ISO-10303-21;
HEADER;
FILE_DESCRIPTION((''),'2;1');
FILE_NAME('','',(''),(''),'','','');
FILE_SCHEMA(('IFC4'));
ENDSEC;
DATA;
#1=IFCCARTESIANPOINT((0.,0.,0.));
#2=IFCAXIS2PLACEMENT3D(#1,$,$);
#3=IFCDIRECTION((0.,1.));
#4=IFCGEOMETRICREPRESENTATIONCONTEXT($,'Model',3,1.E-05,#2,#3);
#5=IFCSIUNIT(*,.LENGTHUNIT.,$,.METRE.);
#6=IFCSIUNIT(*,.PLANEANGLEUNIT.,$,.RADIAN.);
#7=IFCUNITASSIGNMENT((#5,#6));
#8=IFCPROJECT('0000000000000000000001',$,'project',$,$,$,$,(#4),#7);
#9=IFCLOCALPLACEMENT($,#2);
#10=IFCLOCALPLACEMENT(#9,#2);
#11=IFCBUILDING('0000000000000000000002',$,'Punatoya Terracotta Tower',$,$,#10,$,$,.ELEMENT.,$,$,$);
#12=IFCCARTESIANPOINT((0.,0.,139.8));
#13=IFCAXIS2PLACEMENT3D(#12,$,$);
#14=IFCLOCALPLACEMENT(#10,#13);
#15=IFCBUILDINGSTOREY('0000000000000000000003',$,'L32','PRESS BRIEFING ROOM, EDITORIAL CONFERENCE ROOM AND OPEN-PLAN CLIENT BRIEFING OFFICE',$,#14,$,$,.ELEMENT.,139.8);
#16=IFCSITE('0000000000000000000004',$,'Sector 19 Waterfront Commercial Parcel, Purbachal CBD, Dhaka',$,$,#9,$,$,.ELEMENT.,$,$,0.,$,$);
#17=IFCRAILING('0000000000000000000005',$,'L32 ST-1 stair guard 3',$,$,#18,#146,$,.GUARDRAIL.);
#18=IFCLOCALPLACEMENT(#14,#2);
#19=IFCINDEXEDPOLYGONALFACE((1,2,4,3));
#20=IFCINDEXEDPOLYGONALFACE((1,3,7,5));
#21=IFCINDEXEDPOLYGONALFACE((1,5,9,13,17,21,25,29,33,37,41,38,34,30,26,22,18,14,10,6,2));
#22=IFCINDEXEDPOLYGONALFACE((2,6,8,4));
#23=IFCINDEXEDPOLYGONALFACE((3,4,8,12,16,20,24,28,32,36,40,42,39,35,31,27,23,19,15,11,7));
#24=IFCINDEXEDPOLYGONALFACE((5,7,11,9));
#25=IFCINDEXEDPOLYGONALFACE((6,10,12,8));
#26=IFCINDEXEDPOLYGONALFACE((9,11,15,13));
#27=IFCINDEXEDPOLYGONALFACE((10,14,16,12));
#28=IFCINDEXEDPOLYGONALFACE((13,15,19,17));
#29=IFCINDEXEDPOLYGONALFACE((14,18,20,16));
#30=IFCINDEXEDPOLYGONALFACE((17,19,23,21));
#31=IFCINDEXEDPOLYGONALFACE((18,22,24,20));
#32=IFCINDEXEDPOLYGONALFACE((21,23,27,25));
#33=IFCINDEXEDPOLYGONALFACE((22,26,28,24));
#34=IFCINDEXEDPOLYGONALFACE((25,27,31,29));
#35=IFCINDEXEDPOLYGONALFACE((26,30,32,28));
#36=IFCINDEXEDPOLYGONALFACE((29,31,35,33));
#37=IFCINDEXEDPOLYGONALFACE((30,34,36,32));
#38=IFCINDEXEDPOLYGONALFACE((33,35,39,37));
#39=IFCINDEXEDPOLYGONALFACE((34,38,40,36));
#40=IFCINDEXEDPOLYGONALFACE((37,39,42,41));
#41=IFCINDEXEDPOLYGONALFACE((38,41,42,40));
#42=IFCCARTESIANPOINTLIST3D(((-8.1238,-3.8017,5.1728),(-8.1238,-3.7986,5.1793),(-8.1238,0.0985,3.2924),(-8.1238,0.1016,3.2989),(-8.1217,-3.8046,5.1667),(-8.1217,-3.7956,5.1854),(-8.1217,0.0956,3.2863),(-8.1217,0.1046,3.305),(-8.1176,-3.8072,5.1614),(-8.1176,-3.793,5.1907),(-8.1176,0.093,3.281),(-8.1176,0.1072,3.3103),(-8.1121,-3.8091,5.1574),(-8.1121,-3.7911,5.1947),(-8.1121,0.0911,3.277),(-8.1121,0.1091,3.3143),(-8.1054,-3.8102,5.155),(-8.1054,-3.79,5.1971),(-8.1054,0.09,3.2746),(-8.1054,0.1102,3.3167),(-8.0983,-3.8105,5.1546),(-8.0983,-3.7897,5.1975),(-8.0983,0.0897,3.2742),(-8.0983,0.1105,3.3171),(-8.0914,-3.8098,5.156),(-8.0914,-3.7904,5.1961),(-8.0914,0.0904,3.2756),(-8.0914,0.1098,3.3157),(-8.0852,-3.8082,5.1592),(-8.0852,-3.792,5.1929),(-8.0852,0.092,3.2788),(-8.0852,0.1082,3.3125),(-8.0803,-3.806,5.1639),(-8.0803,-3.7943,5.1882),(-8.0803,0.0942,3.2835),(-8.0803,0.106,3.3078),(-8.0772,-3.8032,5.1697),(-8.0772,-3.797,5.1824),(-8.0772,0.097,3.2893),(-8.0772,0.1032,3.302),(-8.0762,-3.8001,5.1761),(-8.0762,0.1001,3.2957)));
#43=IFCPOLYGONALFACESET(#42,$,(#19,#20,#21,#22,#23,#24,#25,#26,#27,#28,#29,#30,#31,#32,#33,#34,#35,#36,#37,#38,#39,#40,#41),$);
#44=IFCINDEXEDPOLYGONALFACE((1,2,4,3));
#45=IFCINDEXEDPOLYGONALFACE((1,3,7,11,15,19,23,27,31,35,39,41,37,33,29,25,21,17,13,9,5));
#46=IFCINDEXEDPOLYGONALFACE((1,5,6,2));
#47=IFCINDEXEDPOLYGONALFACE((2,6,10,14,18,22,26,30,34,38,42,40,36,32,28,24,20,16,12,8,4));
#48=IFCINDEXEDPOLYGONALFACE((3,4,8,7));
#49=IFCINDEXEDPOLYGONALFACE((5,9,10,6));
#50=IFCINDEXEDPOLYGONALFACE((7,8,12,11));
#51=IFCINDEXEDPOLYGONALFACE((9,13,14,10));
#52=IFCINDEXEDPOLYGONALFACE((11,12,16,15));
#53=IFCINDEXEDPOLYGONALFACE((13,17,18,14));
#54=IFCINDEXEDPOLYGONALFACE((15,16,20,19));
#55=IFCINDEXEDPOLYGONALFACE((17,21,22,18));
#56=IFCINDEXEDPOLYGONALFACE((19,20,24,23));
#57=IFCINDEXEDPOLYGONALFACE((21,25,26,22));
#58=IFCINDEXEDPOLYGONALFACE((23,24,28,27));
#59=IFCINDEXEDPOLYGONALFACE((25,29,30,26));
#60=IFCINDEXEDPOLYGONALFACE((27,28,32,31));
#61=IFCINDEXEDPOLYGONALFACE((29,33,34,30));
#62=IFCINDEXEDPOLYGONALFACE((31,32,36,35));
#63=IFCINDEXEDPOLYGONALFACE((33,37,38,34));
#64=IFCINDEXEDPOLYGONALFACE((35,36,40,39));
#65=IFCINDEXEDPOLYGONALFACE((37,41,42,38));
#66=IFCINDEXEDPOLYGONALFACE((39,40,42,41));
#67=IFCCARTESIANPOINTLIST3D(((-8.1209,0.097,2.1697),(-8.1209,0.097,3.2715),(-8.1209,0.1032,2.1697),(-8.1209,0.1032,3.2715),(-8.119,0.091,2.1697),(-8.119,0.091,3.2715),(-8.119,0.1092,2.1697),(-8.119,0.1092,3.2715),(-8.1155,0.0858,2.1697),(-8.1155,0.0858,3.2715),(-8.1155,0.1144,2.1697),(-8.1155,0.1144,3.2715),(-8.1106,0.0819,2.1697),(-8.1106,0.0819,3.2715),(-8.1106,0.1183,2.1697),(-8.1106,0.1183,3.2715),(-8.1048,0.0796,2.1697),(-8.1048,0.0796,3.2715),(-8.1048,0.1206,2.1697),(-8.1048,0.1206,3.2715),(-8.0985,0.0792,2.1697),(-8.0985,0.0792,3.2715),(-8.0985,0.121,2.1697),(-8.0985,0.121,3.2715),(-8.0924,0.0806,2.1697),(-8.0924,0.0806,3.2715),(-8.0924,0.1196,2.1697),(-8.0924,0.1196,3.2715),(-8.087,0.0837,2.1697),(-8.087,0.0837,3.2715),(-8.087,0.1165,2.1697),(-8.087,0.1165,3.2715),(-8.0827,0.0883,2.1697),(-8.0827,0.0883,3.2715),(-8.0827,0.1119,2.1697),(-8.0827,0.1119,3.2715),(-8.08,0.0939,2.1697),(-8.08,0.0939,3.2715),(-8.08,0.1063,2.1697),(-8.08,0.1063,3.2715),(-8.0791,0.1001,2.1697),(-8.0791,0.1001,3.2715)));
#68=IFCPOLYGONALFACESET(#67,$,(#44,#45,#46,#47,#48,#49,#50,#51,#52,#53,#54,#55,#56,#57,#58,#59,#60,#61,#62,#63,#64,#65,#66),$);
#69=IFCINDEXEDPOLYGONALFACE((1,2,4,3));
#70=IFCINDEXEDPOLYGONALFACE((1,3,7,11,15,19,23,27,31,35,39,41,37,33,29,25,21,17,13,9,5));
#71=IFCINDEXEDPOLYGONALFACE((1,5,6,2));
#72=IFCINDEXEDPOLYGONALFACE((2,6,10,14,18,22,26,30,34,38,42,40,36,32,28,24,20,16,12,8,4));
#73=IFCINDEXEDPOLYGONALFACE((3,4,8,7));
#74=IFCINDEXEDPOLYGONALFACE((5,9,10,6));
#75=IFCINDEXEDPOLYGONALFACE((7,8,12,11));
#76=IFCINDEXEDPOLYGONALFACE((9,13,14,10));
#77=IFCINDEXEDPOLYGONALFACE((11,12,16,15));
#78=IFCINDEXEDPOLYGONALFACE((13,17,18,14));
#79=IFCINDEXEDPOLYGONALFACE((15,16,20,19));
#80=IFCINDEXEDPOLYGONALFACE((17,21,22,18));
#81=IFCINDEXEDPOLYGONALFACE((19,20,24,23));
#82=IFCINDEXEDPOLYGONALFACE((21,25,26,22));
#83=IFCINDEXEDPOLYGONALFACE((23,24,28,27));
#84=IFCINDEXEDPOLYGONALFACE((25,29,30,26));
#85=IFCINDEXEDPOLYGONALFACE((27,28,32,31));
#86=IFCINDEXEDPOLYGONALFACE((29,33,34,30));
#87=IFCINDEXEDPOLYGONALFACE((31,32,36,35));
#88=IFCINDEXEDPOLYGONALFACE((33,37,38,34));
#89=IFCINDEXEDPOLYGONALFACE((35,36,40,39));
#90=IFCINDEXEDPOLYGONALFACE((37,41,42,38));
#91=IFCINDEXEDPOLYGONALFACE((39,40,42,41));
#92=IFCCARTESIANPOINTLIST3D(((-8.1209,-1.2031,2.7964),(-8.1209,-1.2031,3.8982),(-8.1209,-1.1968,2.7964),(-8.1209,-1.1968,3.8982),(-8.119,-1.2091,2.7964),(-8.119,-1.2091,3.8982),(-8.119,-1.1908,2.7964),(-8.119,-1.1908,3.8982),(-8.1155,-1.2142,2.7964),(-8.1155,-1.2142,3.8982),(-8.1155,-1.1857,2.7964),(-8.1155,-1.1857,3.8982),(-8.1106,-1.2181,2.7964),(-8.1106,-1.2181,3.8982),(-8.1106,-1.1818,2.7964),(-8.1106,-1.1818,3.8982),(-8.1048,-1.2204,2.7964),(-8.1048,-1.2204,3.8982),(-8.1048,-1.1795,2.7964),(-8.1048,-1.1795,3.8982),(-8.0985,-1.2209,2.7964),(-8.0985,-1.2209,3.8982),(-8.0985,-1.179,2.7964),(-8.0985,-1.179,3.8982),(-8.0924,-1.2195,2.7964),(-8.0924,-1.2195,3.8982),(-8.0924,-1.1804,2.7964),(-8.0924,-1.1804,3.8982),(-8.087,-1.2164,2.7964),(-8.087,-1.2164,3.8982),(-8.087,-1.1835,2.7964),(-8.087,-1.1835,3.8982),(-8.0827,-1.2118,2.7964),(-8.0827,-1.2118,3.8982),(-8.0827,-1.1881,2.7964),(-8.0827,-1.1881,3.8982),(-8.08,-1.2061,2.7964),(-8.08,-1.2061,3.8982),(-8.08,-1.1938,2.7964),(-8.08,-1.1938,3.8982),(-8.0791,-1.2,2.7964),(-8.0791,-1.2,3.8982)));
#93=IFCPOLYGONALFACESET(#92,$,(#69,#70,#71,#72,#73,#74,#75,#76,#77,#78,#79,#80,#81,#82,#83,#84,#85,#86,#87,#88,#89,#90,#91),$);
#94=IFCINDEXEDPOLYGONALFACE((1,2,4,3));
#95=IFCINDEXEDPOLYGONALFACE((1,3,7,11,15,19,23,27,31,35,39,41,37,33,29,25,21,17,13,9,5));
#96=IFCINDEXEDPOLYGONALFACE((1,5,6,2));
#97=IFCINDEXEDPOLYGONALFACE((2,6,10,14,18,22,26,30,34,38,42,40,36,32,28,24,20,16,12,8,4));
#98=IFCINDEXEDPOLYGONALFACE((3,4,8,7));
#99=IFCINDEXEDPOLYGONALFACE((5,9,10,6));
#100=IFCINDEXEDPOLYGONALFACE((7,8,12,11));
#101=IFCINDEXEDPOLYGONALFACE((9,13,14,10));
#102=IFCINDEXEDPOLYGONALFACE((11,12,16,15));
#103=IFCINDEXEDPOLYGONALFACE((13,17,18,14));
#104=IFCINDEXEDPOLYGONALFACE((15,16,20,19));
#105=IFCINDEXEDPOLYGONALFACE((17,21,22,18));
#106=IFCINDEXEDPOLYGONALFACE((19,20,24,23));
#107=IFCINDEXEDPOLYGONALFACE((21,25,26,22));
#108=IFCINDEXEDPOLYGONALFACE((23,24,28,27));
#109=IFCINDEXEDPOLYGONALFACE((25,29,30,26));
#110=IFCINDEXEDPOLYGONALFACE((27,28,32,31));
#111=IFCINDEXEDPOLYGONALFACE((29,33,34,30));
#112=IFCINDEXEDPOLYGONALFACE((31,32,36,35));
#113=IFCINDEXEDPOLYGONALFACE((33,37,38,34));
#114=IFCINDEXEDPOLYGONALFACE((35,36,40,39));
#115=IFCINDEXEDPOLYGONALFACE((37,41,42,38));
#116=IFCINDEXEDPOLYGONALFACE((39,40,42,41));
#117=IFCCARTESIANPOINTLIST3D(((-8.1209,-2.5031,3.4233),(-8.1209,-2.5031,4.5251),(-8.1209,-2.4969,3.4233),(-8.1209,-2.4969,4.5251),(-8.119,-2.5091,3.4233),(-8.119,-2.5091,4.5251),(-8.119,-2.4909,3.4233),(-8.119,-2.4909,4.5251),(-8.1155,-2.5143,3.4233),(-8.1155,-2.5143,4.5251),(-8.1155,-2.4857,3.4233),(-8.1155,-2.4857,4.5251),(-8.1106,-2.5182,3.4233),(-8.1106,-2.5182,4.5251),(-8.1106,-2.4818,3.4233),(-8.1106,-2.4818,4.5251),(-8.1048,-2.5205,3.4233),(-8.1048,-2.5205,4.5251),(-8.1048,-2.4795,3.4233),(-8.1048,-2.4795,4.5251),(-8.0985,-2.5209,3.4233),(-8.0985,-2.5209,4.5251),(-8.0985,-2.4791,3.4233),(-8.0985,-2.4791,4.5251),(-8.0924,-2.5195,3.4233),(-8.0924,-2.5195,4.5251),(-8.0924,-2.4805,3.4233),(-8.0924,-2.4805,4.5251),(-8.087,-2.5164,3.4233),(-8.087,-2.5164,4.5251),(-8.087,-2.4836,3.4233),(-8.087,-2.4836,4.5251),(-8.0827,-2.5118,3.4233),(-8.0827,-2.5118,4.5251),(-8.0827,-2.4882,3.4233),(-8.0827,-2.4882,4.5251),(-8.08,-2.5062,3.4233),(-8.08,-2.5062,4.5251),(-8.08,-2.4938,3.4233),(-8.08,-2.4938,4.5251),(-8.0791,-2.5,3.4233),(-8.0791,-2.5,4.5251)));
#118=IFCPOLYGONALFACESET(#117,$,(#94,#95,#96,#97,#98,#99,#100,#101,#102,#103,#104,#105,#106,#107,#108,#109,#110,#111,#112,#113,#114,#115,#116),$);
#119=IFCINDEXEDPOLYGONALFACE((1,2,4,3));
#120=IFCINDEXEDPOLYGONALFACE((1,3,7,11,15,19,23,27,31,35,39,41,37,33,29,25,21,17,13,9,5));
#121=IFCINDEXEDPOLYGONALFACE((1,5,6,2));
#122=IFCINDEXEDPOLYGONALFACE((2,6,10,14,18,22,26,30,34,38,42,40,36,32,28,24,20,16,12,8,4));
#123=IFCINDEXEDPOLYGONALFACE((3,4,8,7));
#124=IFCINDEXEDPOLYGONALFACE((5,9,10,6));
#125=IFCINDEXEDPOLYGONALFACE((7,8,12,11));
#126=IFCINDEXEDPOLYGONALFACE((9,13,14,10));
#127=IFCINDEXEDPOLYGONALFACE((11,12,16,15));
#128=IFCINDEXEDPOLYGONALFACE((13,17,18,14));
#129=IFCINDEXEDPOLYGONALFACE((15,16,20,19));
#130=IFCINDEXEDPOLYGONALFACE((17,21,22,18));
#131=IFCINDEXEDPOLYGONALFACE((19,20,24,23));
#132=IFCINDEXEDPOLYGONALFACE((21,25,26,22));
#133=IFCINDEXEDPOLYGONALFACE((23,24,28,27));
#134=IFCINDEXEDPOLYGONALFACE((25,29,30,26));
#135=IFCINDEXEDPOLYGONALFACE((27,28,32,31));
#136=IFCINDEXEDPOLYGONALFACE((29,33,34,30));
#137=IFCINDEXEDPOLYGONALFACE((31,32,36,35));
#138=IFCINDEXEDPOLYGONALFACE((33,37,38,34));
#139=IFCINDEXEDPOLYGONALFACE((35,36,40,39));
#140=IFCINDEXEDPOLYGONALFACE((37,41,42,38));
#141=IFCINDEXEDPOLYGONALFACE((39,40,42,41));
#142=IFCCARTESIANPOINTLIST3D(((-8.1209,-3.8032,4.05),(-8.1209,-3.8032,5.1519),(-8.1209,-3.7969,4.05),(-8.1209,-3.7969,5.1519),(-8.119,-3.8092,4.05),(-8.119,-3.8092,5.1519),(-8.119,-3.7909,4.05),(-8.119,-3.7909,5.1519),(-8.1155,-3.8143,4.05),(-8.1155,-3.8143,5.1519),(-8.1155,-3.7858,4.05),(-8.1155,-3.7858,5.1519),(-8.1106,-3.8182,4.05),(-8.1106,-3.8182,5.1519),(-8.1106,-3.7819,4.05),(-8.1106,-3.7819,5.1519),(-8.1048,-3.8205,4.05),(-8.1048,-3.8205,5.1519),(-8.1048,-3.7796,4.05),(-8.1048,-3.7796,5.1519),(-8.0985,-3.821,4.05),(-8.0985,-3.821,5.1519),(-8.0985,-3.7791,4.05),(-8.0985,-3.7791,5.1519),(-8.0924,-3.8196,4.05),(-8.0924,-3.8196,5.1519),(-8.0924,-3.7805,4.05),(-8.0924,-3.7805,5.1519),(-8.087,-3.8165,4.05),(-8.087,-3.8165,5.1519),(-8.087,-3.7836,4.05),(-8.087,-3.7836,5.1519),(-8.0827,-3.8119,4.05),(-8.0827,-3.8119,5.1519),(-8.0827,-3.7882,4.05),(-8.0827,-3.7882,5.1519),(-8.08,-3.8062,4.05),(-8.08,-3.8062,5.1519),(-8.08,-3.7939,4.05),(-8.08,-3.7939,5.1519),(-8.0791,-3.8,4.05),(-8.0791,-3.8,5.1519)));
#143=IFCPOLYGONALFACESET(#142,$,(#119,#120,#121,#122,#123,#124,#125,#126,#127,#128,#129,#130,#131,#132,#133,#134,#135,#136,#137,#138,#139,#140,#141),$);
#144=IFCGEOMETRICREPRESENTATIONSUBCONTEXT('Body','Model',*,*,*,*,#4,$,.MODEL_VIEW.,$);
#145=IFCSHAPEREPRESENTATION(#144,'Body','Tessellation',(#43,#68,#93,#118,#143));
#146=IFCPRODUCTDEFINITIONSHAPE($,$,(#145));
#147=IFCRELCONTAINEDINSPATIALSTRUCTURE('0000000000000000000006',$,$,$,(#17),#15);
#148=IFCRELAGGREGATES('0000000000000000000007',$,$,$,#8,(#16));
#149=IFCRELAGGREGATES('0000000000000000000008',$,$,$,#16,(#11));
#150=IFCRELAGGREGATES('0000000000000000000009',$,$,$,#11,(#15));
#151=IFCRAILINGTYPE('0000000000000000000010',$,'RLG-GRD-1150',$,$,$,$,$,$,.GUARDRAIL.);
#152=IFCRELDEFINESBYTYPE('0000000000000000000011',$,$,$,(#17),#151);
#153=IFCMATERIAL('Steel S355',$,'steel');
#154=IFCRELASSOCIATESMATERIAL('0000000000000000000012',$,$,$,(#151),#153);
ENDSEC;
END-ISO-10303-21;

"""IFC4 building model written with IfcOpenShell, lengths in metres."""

from ifc_helpers import new_model, si_unit, direction, frame, origin, origin_2d, place, context, subcontext, project, spatial, circle, extrude, material, type_object, element, save


model = new_model("IFC4")

# Units and contexts
model_context = context("Model", 3, precision=1e-05, world=origin(), true_north=direction((0.0, 1.0)))
body_context = subcontext(model_context, "Body", "Model", "MODEL_VIEW")
ifc_project = project(units=[si_unit("LENGTHUNIT", "METRE"), si_unit("PLANEANGLEUNIT", "RADIAN")], contexts=[model_context])

# Site, building, storey
site_placement = place(None, origin())
site = spatial("IfcSite", under=ifc_project, at=site_placement, Name="Sector 19 Waterfront Commercial Parcel, Purbachal CBD, Dhaka", CompositionType="ELEMENT", RefElevation=0.0)
building_placement = place(site_placement, origin())
building = spatial("IfcBuilding", under=site, at=building_placement, Name="Punatoya Terracotta Tower", CompositionType="ELEMENT")
storey_placement = place(building_placement, frame((0.0, 0.0, 139.8)))
storey = spatial("IfcBuildingStorey", under=building, at=storey_placement, Name="L32", Description="PRESS BRIEFING ROOM, EDITORIAL CONFERENCE ROOM AND OPEN-PLAN CLIENT BRIEFING OFFICE", CompositionType="ELEMENT", Elevation=139.8)

# Shared definitions
ifc_material_1 = material(Name="Steel S355", Category="steel")

# Railing
railing_type_1 = type_object("IfcRailingType", Name="RLG-GRD-1150", PredefinedType="GUARDRAIL", material=ifc_material_1)
railing_1_placement = place(storey_placement, frame((-8.1001, 0.1001, 2.1697)))
element("IfcRailing", 1, at=railing_1_placement, inside=storey, type_object=railing_type_1, Name="L32 ST-1 stair guard 3", PredefinedType="GUARDRAIL", context=body_context, shape_type="SweptSolid", body=[
    extrude(circle(Radius=0.0239, at=origin_2d()), frame((0.0, 0.0, 1.126), z_axis=(0.0, -0.900774, 0.434289), x_axis=(1.0, 0.0, 0.0)), (0.0, 0.0, 1.0), 4.3298),
    extrude(circle(Radius=0.021, at=origin_2d()), origin(), (0.0, 0.0, 1.0), 1.1018),
    extrude(circle(Radius=0.021, at=origin_2d()), frame((0.0, -1.3, 0.6267)), (0.0, 0.0, 1.0), 1.1018),
    extrude(circle(Radius=0.021, at=origin_2d()), frame((0.0, -2.6001, 1.2537)), (0.0, 0.0, 1.0), 1.1018),
    extrude(circle(Radius=0.021, at=origin_2d()), frame((0.0, -3.9001, 1.8804)), (0.0, 0.0, 1.0), 1.1018),
])

save(model, "model.ifc")
